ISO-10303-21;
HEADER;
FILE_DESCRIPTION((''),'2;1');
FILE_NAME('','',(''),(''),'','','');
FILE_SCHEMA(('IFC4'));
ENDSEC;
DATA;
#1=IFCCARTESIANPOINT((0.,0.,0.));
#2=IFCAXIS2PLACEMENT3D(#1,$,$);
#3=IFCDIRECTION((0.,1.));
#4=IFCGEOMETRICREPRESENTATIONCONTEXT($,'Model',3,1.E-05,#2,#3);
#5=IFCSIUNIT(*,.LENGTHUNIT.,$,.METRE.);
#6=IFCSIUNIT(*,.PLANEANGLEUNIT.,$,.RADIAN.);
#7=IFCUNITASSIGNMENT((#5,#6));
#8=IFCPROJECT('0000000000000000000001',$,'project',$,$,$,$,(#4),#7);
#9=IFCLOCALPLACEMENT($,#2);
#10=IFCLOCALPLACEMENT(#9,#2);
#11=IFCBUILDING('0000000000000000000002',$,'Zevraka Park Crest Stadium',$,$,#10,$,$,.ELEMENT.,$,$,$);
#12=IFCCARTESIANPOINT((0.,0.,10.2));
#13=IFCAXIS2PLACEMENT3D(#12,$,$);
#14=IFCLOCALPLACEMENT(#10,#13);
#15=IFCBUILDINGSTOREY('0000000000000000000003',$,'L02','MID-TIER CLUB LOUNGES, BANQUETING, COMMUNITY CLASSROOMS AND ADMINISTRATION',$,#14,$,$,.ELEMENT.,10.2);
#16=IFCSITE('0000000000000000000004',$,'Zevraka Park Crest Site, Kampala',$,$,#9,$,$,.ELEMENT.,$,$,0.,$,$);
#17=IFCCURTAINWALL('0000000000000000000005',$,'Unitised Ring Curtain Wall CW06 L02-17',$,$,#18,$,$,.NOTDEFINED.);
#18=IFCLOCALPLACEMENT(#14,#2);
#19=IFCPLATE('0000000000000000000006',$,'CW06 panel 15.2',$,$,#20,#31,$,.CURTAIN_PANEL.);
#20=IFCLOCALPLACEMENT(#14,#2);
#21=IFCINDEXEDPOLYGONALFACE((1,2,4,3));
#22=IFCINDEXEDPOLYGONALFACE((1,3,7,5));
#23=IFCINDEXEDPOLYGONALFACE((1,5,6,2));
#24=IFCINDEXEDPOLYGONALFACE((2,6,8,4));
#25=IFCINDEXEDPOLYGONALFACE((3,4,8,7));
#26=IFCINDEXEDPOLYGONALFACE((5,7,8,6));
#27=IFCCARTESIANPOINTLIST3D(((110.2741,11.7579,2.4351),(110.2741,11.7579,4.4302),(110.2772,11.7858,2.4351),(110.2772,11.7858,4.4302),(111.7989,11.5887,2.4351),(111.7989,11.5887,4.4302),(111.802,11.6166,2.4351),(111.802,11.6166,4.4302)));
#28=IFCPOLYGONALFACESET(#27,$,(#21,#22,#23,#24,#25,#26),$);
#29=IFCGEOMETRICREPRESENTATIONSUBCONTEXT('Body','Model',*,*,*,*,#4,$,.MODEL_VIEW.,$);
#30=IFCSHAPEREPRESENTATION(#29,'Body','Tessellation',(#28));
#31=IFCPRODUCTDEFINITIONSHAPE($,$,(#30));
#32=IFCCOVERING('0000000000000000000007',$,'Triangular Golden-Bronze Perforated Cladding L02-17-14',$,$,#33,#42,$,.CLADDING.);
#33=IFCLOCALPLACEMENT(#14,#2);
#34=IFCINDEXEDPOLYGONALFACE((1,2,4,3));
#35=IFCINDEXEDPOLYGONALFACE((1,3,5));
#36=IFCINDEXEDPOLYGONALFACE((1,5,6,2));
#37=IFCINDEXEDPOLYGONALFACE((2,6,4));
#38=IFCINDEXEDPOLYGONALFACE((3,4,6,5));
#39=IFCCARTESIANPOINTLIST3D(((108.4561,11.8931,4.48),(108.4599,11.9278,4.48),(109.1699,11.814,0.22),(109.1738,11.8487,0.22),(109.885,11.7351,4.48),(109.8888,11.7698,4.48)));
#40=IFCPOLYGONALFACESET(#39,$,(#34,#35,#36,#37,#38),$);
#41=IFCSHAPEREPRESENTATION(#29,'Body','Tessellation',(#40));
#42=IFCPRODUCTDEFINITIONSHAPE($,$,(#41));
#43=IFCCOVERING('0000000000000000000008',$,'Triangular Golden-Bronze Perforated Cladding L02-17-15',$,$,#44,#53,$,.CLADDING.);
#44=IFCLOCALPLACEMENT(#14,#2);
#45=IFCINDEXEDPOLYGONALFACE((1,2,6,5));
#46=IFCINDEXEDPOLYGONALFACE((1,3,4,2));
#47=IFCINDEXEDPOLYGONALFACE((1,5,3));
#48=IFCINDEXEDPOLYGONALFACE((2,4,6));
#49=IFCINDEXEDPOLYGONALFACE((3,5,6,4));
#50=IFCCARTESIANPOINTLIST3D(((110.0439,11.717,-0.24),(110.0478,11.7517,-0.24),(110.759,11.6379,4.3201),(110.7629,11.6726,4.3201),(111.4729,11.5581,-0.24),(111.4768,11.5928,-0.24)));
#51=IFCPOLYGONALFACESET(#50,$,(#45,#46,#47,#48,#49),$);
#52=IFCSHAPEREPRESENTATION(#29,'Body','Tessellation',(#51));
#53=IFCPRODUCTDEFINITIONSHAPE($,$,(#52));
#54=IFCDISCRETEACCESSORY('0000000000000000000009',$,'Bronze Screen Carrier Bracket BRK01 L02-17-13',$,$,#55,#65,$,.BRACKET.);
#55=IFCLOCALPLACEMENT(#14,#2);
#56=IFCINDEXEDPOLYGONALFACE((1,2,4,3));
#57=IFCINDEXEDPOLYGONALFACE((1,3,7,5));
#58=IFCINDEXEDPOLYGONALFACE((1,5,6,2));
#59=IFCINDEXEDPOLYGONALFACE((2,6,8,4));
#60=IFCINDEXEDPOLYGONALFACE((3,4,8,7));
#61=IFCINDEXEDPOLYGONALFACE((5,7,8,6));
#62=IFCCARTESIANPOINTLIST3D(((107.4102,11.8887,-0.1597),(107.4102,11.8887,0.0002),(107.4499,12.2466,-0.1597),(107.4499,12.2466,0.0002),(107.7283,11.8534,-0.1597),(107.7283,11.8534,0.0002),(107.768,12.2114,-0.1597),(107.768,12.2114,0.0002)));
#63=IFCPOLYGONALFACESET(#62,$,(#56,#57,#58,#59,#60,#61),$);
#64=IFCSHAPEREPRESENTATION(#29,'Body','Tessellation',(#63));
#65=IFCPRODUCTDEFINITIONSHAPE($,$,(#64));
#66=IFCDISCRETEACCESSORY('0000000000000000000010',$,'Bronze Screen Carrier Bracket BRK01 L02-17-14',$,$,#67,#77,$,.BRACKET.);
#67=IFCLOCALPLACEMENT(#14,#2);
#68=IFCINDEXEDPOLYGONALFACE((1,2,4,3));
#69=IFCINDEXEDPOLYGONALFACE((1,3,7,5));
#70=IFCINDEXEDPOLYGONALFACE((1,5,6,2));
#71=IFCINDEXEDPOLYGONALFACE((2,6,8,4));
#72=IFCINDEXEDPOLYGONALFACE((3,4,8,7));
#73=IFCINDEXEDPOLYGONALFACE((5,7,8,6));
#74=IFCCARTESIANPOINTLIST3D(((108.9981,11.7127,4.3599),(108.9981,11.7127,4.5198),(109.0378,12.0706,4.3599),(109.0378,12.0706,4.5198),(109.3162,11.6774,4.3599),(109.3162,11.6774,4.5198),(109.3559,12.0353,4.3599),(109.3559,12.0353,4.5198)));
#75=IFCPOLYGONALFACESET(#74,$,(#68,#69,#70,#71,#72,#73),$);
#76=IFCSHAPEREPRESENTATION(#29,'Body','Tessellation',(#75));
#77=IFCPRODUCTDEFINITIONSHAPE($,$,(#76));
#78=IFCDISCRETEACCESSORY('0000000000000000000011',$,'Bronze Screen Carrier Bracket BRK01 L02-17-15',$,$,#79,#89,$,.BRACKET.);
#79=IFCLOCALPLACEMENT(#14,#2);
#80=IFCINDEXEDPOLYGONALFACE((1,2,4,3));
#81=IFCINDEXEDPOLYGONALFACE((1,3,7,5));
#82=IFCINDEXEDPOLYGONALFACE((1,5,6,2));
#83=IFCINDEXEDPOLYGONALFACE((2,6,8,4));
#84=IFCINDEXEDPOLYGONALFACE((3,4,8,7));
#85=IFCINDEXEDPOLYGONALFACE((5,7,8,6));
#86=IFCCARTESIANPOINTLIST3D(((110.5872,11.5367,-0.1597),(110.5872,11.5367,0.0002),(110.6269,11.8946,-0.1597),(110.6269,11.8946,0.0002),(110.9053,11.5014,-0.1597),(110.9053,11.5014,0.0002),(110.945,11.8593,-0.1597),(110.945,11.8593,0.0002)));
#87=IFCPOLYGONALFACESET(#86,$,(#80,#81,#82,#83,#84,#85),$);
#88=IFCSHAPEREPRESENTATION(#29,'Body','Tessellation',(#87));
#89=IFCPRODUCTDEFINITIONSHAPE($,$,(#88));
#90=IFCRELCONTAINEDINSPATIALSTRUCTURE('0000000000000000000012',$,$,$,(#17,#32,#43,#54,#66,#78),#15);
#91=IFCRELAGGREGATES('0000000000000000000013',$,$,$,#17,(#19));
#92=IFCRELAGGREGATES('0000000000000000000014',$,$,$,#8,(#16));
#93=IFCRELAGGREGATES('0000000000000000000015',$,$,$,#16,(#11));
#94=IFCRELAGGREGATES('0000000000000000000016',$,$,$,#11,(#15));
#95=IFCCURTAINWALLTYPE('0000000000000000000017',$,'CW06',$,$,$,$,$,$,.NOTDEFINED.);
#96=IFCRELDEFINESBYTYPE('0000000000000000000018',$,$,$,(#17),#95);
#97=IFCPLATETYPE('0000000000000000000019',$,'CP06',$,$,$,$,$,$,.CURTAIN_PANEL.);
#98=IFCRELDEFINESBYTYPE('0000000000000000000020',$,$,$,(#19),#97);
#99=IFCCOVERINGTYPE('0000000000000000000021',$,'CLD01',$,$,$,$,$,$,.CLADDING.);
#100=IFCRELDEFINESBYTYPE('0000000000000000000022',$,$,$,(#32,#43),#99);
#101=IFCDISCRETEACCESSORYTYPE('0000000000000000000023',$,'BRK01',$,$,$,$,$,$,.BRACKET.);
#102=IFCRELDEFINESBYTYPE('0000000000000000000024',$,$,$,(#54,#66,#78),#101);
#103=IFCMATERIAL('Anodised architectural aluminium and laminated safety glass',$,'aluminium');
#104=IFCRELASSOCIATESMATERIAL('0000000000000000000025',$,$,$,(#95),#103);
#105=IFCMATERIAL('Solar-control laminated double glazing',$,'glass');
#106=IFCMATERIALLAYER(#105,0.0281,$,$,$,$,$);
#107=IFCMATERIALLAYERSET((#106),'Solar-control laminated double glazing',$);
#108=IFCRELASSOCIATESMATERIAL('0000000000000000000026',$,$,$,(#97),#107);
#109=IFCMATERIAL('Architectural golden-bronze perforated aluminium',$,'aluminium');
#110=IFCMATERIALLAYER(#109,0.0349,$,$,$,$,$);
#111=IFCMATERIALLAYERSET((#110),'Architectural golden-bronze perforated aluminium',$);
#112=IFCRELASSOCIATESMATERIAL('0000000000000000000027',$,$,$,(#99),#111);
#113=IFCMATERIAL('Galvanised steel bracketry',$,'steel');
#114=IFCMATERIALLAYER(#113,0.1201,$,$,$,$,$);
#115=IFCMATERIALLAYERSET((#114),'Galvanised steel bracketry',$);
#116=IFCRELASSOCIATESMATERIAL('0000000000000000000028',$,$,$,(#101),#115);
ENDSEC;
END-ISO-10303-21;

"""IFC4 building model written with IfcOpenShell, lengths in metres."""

from ifc_helpers import new_model, si_unit, direction, frame, origin, origin_2d, place, context, subcontext, project, spatial, polyline, rectangle, outline, extrude, material, layer, layer_set, type_object, element, aggregate, save


model = new_model("IFC4")

# Units and contexts
model_context = context("Model", 3, precision=1e-05, world=origin(), true_north=direction((0.0, 1.0)))
body_context = subcontext(model_context, "Body", "Model", "MODEL_VIEW")
ifc_project = project(units=[si_unit("LENGTHUNIT", "METRE"), si_unit("PLANEANGLEUNIT", "RADIAN")], contexts=[model_context])

# Site, building, storey
site_placement = place(None, origin())
site = spatial("IfcSite", under=ifc_project, at=site_placement, Name="Zevraka Park Crest Site, Kampala", CompositionType="ELEMENT", RefElevation=0.0)
building_placement = place(site_placement, origin())
building = spatial("IfcBuilding", under=site, at=building_placement, Name="Zevraka Park Crest Stadium", CompositionType="ELEMENT")
storey_placement = place(building_placement, frame((0.0, 0.0, 10.2)))
storey = spatial("IfcBuildingStorey", under=building, at=storey_placement, Name="L02", Description="MID-TIER CLUB LOUNGES, BANQUETING, COMMUNITY CLASSROOMS AND ADMINISTRATION", CompositionType="ELEMENT", Elevation=10.2)

# Curtain wall, plate
ifc_material_1 = material(Name="Anodised architectural aluminium and laminated safety glass", Category="aluminium")
curtain_wall_type = type_object("IfcCurtainWallType", Name="CW06", PredefinedType="NOTDEFINED", material=ifc_material_1)
curtain_wall_placement = place(storey_placement, origin())
curtain_wall = element("IfcCurtainWall", 1, at=curtain_wall_placement, inside=storey, type_object=curtain_wall_type, Name="Unitised Ring Curtain Wall CW06 L02-17", PredefinedType="NOTDEFINED")
ifc_material_2 = material(Name="Solar-control laminated double glazing", Category="glass")
ifc_layer_1 = layer(ifc_material_2, 0.0281)
ifc_layer_set_1 = layer_set([ifc_layer_1], Name="Solar-control laminated double glazing")
plate_type = type_object("IfcPlateType", Name="CP06", PredefinedType="CURTAIN_PANEL", material=ifc_layer_set_1)
plate_1_placement = place(storey_placement, frame((111.0381, 11.6873, 2.4351), z_axis=(0.0, 0.0, 1.0), x_axis=(0.993899, -0.110293, 0.0)))
plate_1 = element("IfcPlate", 2, at=plate_1_placement, type_object=plate_type, Name="CW06 panel 15.2", PredefinedType="CURTAIN_PANEL", context=body_context, shape_type="SweptSolid", body=[
    extrude(rectangle(XDim=1.5342, YDim=0.0281, at=origin_2d()), origin(), (0.0, 0.0, 1.0), 1.9951),
])
aggregate(curtain_wall, [plate_1])

# Coverings
ifc_material_3 = material(Name="Architectural golden-bronze perforated aluminium", Category="aluminium")
ifc_layer_2 = layer(ifc_material_3, 0.0349)
ifc_layer_set_2 = layer_set([ifc_layer_2], Name="Architectural golden-bronze perforated aluminium")
covering_type = type_object("IfcCoveringType", Name="CLD01", PredefinedType="CLADDING", material=ifc_layer_set_2)
covering_1_placement = place(storey_placement, frame((109.885, 11.7351, 4.48), z_axis=(-0.109872, -0.993946, 0.000044), x_axis=(-0.993946, 0.109872, 0.0)))
element("IfcCovering", 3, at=covering_1_placement, inside=storey, type_object=covering_type, Name="Triangular Golden-Bronze Perforated Cladding L02-17-14", PredefinedType="CLADDING", context=body_context, shape_type="SweptSolid", body=[
    extrude(outline(polyline([(0.0, 0.0), (1.4377, 0.0), (0.7194, 4.26), (0.0, 0.0)])), origin(), (0.0, 0.0, -1.0), 0.0349),
])
covering_2_placement = place(storey_placement, frame((110.0439, 11.717, -0.24), z_axis=(-0.110543, -0.993871, 0.000095), x_axis=(0.993871, -0.110543, 0.0)))
element("IfcCovering", 4, at=covering_2_placement, inside=storey, type_object=covering_type, Name="Triangular Golden-Bronze Perforated Cladding L02-17-15", PredefinedType="CLADDING", context=body_context, shape_type="SweptSolid", body=[
    extrude(outline(polyline([(0.0, 0.0), (1.4378, 0.0), (0.7194, 4.5601), (0.0, 0.0)])), origin(), (0.0, 0.0, -1.0), 0.0349),
])

# Discrete accessories
ifc_material_4 = material(Name="Galvanised steel bracketry", Category="steel")
ifc_layer_3 = layer(ifc_material_4, 0.1201)
ifc_layer_set_3 = layer_set([ifc_layer_3], Name="Galvanised steel bracketry")
discrete_accessory_type = type_object("IfcDiscreteAccessoryType", Name="BRK01", PredefinedType="BRACKET", material=ifc_layer_set_3)
for number, where, z_axis, x_axis, name in (
    (5, (107.5891, 12.05, -0.1597), (0.0, 0.0, 1.0), (0.993903, -0.110255, 0.0), "Bronze Screen Carrier Bracket BRK01 L02-17-13"),
    (6, (109.177, 11.874, 4.3599), (0.0, 0.0, 1.0), (0.993903, -0.110255, 0.0), "Bronze Screen Carrier Bracket BRK01 L02-17-14"),
    (7, (110.7661, 11.698, -0.1597), (0.0, 0.0, 1.0), (0.993903, -0.110255, 0.0), "Bronze Screen Carrier Bracket BRK01 L02-17-15"),
):
    element("IfcDiscreteAccessory", number, at=place(storey_placement, frame(where, z_axis=z_axis, x_axis=x_axis)), inside=storey, type_object=discrete_accessory_type, Name=name, PredefinedType="BRACKET", context=body_context, shape_type="SweptSolid", body=[
        extrude(rectangle(XDim=0.3201, YDim=0.3601, at=origin_2d()), origin(), (0.0, 0.0, 1.0), 0.1599),
    ])

save(model, "model.ifc")
